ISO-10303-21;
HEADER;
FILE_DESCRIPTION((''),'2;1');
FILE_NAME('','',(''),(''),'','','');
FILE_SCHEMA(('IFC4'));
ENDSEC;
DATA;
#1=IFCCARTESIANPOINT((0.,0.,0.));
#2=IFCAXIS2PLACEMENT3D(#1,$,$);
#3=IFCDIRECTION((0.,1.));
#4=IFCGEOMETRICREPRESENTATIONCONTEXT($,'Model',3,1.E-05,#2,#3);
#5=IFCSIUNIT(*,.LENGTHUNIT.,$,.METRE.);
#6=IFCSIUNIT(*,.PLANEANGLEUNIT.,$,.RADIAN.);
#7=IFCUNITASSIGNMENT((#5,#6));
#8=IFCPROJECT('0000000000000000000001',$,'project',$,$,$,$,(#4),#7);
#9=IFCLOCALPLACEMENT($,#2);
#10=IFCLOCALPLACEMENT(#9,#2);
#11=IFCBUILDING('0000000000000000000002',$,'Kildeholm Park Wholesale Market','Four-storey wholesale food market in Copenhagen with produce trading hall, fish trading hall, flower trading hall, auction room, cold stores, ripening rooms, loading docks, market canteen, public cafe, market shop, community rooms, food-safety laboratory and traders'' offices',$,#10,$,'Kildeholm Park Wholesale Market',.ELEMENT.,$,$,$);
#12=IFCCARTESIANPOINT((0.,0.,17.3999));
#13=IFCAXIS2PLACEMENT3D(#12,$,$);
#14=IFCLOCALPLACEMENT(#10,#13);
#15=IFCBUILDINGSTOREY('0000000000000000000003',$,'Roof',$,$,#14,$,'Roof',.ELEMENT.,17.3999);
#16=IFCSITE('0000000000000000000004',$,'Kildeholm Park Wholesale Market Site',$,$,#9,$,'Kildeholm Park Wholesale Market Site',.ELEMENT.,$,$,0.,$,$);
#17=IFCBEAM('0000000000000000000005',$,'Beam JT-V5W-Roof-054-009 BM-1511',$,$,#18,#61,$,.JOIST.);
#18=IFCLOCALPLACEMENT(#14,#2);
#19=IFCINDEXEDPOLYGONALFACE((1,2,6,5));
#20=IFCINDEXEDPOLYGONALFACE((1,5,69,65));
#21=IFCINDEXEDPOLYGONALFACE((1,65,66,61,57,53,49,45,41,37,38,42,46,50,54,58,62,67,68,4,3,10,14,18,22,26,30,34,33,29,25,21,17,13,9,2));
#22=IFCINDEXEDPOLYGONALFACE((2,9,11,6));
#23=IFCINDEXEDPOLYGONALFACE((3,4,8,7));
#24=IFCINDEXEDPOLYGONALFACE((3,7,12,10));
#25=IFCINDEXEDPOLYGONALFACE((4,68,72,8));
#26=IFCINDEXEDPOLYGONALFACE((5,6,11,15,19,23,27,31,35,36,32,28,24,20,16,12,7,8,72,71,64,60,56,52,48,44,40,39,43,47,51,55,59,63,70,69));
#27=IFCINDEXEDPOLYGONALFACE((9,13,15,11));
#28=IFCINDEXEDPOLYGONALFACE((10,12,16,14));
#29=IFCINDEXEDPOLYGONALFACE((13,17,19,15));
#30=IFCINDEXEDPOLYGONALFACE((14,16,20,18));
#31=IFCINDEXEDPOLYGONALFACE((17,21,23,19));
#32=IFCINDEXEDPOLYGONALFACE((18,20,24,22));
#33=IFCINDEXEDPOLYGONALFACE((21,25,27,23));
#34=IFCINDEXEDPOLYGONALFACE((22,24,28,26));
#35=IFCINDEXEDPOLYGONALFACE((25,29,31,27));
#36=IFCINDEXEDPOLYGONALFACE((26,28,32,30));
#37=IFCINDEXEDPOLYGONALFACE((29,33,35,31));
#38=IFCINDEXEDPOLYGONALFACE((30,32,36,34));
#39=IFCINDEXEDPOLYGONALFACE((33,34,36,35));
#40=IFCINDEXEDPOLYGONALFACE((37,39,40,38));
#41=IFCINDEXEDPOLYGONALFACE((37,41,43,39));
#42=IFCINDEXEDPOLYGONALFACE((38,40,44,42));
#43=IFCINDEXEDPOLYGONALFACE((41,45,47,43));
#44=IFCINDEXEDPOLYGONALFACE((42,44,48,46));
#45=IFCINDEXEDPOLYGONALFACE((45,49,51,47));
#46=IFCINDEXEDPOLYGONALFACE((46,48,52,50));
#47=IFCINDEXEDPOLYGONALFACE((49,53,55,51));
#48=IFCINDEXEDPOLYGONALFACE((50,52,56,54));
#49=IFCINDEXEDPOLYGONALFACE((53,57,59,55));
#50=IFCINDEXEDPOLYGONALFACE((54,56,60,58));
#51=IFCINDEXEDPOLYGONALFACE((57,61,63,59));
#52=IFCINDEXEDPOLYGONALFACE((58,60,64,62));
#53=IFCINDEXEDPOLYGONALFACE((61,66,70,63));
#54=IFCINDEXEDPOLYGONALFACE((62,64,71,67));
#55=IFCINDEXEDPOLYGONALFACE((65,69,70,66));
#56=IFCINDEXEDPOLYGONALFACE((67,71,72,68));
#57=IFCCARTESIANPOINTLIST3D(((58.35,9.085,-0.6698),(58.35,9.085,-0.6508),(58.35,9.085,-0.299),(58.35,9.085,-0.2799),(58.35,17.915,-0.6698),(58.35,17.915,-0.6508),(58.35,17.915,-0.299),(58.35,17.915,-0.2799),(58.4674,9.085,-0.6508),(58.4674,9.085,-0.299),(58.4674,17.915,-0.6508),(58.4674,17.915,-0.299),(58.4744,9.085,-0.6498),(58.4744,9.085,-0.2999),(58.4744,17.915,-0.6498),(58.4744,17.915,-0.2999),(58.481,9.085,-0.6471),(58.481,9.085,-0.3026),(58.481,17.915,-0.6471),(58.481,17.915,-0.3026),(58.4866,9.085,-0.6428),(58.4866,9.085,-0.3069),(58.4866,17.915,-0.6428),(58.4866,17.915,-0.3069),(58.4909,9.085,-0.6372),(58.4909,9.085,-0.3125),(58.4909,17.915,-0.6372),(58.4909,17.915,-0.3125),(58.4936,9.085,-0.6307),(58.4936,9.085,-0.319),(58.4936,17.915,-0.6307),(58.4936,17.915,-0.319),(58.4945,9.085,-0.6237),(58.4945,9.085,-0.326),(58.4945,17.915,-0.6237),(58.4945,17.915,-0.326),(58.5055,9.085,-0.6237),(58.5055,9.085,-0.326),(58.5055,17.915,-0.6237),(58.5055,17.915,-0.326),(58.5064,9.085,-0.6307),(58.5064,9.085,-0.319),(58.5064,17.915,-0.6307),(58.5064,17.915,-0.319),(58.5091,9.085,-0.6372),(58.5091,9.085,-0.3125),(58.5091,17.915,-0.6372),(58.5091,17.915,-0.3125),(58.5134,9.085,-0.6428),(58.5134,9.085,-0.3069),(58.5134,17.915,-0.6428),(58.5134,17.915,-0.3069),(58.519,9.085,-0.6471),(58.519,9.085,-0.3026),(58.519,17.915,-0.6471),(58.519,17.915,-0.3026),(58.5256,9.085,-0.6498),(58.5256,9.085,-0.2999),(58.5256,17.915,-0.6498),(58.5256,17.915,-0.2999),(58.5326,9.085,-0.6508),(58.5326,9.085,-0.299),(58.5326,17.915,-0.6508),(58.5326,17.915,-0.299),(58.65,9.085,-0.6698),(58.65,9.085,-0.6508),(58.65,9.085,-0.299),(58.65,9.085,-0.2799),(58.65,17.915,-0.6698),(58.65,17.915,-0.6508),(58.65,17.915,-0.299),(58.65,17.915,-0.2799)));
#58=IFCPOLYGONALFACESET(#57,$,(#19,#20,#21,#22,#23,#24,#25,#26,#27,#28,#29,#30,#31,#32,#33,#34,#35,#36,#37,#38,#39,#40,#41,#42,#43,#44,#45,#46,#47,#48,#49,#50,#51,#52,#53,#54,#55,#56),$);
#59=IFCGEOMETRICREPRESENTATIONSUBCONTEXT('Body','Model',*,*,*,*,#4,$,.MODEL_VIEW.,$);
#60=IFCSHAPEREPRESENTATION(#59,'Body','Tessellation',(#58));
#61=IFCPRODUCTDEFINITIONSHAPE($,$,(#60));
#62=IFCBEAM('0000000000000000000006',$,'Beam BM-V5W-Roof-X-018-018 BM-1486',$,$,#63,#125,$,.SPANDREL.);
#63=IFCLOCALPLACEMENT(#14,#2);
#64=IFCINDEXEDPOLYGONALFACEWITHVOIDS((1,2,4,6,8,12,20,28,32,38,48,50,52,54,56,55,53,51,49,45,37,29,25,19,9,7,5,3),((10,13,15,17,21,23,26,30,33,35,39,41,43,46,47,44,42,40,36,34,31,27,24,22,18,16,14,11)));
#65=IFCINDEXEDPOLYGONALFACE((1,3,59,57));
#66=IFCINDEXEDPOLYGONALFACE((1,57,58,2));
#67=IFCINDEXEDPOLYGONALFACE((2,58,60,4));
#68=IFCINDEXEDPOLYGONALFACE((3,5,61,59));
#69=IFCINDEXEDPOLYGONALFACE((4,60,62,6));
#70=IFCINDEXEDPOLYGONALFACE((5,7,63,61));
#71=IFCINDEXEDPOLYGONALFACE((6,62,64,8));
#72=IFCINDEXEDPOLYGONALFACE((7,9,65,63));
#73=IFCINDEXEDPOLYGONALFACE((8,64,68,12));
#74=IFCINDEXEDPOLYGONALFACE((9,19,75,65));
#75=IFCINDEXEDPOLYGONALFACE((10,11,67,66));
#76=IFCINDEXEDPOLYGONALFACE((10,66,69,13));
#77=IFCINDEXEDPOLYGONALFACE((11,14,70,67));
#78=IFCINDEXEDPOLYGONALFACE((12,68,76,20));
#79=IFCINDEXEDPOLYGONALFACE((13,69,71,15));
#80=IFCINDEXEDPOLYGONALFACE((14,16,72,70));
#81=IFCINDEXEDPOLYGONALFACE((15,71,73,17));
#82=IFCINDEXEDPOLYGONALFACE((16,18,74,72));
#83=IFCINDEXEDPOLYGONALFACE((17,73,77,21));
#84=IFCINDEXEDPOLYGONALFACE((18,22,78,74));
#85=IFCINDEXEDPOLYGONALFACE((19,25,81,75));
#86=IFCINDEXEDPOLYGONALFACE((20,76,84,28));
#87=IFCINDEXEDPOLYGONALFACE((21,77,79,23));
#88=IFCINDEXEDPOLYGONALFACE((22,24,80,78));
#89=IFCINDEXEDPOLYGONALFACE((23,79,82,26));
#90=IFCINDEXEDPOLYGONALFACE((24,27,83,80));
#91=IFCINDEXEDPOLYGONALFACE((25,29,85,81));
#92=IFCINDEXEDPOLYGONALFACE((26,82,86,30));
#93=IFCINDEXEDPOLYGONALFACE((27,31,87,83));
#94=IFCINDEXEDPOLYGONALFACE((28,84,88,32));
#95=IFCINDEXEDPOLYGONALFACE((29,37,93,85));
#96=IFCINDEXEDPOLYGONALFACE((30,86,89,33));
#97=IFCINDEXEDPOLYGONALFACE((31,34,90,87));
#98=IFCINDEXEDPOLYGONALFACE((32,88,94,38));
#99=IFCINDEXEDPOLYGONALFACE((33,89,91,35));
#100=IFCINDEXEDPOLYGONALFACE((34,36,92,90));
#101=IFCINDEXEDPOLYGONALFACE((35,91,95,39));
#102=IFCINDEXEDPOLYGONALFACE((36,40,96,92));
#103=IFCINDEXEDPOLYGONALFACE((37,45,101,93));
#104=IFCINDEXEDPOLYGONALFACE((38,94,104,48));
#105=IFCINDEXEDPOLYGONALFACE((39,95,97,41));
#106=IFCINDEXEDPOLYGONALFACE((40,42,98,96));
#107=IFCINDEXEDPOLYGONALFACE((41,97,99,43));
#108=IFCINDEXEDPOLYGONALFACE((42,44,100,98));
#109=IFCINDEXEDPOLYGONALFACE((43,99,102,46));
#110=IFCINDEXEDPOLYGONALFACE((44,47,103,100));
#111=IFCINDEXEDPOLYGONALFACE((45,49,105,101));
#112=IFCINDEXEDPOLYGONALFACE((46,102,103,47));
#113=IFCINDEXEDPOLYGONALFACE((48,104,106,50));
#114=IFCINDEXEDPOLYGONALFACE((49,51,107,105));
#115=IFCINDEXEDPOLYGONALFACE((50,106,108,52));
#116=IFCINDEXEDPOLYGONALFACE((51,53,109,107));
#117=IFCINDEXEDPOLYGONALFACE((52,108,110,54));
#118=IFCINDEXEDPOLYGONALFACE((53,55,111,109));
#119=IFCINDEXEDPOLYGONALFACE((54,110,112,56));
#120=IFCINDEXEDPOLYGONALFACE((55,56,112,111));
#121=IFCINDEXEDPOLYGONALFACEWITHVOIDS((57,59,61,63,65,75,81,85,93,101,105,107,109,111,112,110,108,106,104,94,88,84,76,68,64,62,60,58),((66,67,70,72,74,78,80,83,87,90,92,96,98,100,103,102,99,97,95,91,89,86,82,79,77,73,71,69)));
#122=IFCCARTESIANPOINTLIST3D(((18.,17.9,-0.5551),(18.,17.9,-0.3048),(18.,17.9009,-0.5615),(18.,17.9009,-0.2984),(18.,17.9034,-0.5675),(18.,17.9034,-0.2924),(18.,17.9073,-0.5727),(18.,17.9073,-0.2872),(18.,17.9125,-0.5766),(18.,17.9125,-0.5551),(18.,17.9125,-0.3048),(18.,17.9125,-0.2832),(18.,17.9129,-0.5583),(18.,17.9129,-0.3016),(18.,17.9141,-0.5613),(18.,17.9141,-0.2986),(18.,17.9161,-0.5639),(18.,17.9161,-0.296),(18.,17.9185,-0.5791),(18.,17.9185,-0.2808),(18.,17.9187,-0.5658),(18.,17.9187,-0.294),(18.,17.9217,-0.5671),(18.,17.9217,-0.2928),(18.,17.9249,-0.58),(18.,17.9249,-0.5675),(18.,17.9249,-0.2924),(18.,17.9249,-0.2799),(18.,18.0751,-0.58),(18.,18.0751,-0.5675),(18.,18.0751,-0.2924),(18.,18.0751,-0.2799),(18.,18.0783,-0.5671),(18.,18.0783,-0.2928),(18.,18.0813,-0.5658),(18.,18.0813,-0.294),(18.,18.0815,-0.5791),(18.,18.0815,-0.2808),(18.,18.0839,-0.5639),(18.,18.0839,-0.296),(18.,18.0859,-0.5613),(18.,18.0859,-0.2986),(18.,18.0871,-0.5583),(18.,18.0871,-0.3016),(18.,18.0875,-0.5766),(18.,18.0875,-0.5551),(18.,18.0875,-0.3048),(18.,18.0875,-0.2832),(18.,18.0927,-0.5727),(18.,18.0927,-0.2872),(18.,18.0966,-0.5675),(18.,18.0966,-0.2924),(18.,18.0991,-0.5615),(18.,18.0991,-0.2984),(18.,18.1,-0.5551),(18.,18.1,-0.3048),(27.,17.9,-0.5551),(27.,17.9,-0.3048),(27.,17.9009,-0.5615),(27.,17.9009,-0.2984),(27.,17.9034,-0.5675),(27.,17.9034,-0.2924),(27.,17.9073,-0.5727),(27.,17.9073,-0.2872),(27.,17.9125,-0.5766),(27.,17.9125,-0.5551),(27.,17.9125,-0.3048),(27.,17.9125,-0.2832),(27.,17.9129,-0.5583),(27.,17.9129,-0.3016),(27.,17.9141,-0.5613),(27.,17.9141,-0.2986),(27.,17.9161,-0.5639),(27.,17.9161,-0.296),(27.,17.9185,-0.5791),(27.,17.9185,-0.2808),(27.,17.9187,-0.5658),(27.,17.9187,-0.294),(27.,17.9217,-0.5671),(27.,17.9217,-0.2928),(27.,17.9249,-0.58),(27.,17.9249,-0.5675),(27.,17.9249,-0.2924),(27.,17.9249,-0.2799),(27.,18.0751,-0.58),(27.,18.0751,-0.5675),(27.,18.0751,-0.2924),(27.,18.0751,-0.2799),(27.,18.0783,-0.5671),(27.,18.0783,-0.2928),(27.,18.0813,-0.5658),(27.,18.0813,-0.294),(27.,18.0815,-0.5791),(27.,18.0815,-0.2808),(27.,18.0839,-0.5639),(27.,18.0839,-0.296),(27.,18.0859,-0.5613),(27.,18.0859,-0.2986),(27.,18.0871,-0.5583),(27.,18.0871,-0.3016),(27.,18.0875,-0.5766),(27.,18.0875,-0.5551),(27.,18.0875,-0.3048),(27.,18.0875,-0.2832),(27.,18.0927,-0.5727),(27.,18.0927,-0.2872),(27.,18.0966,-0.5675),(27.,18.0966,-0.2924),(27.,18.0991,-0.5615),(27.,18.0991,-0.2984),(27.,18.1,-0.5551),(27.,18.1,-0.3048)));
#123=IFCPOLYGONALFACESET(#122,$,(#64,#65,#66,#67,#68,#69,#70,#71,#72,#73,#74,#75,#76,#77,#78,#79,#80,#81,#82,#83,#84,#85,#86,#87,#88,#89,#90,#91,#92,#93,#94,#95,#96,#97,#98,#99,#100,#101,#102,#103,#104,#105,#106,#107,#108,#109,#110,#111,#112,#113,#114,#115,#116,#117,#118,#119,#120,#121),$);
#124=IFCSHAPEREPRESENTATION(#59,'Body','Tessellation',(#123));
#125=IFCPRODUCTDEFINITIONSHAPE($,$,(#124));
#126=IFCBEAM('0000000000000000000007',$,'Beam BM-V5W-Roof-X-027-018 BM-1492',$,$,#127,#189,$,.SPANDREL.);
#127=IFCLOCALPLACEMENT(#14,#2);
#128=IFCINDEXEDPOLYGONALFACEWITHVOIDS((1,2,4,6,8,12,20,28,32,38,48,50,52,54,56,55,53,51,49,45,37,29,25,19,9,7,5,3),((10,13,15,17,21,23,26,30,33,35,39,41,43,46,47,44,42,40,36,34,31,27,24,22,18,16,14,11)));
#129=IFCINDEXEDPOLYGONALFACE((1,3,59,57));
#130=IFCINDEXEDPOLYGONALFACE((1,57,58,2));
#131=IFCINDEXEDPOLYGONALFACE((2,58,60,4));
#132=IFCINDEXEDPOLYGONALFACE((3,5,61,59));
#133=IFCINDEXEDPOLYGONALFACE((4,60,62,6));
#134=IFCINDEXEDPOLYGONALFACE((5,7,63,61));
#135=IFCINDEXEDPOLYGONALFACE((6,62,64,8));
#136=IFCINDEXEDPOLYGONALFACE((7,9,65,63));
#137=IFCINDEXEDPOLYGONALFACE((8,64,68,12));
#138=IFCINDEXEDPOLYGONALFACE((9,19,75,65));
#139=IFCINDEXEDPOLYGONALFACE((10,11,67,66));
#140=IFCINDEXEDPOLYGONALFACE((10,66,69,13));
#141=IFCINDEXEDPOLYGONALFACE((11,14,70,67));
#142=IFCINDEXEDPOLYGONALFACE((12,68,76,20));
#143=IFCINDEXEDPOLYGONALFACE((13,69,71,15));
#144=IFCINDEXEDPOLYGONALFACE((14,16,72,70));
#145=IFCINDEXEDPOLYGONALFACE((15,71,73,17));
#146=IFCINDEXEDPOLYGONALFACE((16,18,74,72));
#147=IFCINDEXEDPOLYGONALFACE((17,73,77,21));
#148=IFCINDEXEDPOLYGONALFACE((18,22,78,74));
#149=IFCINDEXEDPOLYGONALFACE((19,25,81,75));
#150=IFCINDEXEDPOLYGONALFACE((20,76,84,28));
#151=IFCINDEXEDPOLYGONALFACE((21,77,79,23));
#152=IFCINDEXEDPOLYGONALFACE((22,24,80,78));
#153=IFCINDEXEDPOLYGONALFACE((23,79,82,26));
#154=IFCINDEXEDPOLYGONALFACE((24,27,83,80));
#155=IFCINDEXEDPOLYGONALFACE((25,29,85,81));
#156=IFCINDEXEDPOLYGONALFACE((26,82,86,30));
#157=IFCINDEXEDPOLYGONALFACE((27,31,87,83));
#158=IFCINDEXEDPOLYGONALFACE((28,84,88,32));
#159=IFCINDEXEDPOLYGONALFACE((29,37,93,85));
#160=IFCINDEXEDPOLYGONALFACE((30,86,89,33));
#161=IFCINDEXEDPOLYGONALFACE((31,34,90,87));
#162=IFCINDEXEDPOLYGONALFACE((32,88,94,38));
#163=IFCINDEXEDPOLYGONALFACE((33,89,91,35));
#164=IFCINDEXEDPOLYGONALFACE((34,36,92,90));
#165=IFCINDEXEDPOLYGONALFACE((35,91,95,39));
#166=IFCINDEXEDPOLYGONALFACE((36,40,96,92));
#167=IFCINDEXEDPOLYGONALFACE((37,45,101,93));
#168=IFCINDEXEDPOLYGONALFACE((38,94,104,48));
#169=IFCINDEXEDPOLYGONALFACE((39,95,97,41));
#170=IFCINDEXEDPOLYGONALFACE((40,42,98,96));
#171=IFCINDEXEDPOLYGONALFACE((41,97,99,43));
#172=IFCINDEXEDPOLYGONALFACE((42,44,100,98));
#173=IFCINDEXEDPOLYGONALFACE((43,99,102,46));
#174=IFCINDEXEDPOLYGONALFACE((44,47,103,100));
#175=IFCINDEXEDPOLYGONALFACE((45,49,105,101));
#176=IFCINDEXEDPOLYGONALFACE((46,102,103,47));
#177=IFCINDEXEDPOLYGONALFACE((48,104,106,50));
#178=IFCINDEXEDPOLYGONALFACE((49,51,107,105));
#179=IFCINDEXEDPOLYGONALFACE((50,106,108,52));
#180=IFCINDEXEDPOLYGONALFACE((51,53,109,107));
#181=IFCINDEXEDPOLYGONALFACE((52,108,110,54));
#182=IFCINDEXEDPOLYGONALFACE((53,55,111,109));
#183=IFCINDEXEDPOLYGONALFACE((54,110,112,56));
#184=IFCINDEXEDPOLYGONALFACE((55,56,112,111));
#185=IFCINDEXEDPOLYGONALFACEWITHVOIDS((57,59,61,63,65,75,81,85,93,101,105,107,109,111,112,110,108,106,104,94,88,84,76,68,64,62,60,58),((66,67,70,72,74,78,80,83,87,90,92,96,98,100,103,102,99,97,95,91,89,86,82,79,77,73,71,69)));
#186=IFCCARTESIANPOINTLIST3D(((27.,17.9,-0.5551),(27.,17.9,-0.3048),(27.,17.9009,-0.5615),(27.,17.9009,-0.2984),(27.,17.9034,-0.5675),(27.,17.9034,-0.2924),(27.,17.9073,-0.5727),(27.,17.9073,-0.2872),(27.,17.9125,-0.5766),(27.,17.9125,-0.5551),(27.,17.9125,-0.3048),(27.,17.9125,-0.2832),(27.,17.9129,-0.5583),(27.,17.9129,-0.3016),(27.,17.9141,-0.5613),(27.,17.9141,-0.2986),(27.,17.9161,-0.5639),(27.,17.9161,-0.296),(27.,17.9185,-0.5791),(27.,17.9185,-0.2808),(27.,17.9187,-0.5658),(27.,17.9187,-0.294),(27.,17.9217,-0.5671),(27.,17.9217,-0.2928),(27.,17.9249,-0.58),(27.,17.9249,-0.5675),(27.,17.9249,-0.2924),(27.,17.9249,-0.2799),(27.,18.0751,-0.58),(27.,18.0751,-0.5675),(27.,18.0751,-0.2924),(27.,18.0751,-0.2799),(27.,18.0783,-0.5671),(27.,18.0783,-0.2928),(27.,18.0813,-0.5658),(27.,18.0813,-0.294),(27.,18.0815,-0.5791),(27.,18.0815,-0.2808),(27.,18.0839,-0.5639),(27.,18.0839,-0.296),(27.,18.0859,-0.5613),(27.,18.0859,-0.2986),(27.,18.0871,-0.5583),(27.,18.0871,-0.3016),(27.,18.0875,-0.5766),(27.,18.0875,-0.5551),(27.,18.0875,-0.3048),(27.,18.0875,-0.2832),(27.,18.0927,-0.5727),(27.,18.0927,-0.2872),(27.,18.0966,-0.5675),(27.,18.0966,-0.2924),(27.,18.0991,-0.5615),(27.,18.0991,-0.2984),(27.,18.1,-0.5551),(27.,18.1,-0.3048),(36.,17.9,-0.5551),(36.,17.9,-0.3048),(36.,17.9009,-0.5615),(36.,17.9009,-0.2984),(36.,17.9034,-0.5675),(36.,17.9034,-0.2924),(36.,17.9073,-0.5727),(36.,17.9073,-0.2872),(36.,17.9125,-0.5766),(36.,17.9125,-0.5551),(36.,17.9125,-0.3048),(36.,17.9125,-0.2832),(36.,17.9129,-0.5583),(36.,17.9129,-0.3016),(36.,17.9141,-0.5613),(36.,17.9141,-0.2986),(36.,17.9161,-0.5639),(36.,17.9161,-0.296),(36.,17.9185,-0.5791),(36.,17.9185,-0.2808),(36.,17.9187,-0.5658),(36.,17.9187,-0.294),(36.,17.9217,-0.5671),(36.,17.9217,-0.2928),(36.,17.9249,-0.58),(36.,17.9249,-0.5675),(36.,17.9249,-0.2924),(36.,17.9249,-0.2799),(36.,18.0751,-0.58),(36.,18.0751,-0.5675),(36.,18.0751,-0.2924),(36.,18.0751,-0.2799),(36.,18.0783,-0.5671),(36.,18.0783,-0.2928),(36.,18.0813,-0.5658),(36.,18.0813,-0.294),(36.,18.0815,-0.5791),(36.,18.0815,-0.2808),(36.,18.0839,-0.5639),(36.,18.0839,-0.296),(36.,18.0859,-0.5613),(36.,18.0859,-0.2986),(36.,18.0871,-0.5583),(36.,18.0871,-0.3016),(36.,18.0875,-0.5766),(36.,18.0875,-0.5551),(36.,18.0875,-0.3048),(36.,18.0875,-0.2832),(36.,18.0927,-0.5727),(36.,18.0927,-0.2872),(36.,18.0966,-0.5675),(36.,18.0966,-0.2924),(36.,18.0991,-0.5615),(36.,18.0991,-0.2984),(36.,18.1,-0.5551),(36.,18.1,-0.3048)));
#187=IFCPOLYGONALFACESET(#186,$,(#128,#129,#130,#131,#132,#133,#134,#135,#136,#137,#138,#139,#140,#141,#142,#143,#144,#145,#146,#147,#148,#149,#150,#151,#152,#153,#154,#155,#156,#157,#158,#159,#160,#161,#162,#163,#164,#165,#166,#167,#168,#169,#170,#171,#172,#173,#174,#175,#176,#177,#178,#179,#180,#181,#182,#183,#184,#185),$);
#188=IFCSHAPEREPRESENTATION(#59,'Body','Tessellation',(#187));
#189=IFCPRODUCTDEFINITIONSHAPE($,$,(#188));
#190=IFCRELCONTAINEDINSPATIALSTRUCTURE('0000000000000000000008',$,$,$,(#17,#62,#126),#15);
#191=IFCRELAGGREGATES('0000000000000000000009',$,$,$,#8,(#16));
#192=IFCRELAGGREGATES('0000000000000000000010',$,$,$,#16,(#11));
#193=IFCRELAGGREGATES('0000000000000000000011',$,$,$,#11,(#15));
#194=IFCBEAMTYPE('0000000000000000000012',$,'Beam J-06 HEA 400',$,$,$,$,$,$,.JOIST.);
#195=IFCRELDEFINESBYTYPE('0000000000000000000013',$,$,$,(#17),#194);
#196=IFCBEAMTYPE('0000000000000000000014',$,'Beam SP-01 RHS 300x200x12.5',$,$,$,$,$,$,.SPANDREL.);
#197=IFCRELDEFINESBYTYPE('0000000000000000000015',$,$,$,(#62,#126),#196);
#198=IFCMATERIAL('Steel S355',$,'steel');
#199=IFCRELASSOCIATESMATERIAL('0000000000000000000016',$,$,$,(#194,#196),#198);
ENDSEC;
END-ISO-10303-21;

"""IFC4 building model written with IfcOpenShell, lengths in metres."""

from ifc_helpers import new_model, si_unit, direction, frame, origin, origin_2d, place, context, subcontext, project, spatial, hollow_rectangle, i_section, extrude, material, material_profile, profile_set, type_object, element, save


model = new_model("IFC4")

# Units and contexts
model_context = context("Model", 3, precision=1e-05, world=origin(), true_north=direction((0.0, 1.0)))
body_context = subcontext(model_context, "Body", "Model", "MODEL_VIEW")
ifc_project = project(units=[si_unit("LENGTHUNIT", "METRE"), si_unit("PLANEANGLEUNIT", "RADIAN")], contexts=[model_context])

# Site, building, storey
site_placement = place(None, origin())
site = spatial("IfcSite", under=ifc_project, at=site_placement, Name="Kildeholm Park Wholesale Market Site", LongName="Kildeholm Park Wholesale Market Site", CompositionType="ELEMENT", RefElevation=0.0)
building_placement = place(site_placement, origin())
building = spatial("IfcBuilding", under=site, at=building_placement, Name="Kildeholm Park Wholesale Market", Description="Four-storey wholesale food market in Copenhagen with produce trading hall, fish trading hall, flower trading hall, auction room, cold stores, ripening rooms, loading docks, market canteen, public cafe, market shop, community rooms, food-safety laboratory and traders' offices", LongName="Kildeholm Park Wholesale Market", CompositionType="ELEMENT")
storey_placement = place(building_placement, frame((0.0, 0.0, 17.3999)))
storey = spatial("IfcBuildingStorey", under=building, at=storey_placement, Name="Roof", LongName="Roof", CompositionType="ELEMENT", Elevation=17.3999)

# Beams
ifc_material_1 = material(Name="Steel S355", Category="steel")
ifc_material_profile_1 = material_profile(ifc_material_1, i_section(OverallWidth=0.3, OverallDepth=0.3899, WebThickness=0.011, FlangeThickness=0.019, FilletRadius=0.0271, at=origin_2d()), Name="HEA 400")
ifc_profile_set_1 = profile_set([ifc_material_profile_1], Name="Steel S355")
beam_type_1 = type_object("IfcBeamType", Name="Beam J-06 HEA 400", PredefinedType="JOIST", material=ifc_profile_set_1)
for number, where, z_axis, x_axis, name in (
    (1, (58.5, 9.085, -0.4749), (0.0, 1.0, 0.0), (-1.0, 0.0, 0.0), "Beam JT-V5W-Roof-054-009 BM-1511"),
):
    element("IfcBeam", number, at=place(storey_placement, frame(where, z_axis=z_axis, x_axis=x_axis)), inside=storey, type_object=beam_type_1, Name=name, PredefinedType="JOIST", context=body_context, shape_type="SweptSolid", body=[
        extrude(i_section(OverallWidth=0.3, OverallDepth=0.3899, WebThickness=0.011, FlangeThickness=0.019, FilletRadius=0.0271, at=origin_2d()), origin(), (0.0, 0.0, 1.0), 8.8301),
    ])
ifc_material_profile_2 = material_profile(ifc_material_1, hollow_rectangle(XDim=0.2, YDim=0.3, WallThickness=0.0125, InnerFilletRadius=0.0125, OuterFilletRadius=0.0249, at=origin_2d()), Name="RHS 300x200x12.5")
ifc_profile_set_2 = profile_set([ifc_material_profile_2], Name="Steel S355")
beam_type_2 = type_object("IfcBeamType", Name="Beam SP-01 RHS 300x200x12.5", PredefinedType="SPANDREL", material=ifc_profile_set_2)
for number, where, z_axis, x_axis, name in (
    (2, (18.0, 18.0, -0.4299), (1.0, 0.0, 0.0), (0.0, 1.0, 0.0), "Beam BM-V5W-Roof-X-018-018 BM-1486"),
    (3, (27.0, 18.0, -0.4299), (1.0, 0.0, 0.0), (0.0, 1.0, 0.0), "Beam BM-V5W-Roof-X-027-018 BM-1492"),
):
    element("IfcBeam", number, at=place(storey_placement, frame(where, z_axis=z_axis, x_axis=x_axis)), inside=storey, type_object=beam_type_2, Name=name, PredefinedType="SPANDREL", context=body_context, shape_type="SweptSolid", body=[
        extrude(hollow_rectangle(XDim=0.2, YDim=0.3, WallThickness=0.0125, InnerFilletRadius=0.0125, OuterFilletRadius=0.0249, at=origin_2d()), origin(), (0.0, 0.0, 1.0), 9.0),
    ])

save(model, "model.ifc")
